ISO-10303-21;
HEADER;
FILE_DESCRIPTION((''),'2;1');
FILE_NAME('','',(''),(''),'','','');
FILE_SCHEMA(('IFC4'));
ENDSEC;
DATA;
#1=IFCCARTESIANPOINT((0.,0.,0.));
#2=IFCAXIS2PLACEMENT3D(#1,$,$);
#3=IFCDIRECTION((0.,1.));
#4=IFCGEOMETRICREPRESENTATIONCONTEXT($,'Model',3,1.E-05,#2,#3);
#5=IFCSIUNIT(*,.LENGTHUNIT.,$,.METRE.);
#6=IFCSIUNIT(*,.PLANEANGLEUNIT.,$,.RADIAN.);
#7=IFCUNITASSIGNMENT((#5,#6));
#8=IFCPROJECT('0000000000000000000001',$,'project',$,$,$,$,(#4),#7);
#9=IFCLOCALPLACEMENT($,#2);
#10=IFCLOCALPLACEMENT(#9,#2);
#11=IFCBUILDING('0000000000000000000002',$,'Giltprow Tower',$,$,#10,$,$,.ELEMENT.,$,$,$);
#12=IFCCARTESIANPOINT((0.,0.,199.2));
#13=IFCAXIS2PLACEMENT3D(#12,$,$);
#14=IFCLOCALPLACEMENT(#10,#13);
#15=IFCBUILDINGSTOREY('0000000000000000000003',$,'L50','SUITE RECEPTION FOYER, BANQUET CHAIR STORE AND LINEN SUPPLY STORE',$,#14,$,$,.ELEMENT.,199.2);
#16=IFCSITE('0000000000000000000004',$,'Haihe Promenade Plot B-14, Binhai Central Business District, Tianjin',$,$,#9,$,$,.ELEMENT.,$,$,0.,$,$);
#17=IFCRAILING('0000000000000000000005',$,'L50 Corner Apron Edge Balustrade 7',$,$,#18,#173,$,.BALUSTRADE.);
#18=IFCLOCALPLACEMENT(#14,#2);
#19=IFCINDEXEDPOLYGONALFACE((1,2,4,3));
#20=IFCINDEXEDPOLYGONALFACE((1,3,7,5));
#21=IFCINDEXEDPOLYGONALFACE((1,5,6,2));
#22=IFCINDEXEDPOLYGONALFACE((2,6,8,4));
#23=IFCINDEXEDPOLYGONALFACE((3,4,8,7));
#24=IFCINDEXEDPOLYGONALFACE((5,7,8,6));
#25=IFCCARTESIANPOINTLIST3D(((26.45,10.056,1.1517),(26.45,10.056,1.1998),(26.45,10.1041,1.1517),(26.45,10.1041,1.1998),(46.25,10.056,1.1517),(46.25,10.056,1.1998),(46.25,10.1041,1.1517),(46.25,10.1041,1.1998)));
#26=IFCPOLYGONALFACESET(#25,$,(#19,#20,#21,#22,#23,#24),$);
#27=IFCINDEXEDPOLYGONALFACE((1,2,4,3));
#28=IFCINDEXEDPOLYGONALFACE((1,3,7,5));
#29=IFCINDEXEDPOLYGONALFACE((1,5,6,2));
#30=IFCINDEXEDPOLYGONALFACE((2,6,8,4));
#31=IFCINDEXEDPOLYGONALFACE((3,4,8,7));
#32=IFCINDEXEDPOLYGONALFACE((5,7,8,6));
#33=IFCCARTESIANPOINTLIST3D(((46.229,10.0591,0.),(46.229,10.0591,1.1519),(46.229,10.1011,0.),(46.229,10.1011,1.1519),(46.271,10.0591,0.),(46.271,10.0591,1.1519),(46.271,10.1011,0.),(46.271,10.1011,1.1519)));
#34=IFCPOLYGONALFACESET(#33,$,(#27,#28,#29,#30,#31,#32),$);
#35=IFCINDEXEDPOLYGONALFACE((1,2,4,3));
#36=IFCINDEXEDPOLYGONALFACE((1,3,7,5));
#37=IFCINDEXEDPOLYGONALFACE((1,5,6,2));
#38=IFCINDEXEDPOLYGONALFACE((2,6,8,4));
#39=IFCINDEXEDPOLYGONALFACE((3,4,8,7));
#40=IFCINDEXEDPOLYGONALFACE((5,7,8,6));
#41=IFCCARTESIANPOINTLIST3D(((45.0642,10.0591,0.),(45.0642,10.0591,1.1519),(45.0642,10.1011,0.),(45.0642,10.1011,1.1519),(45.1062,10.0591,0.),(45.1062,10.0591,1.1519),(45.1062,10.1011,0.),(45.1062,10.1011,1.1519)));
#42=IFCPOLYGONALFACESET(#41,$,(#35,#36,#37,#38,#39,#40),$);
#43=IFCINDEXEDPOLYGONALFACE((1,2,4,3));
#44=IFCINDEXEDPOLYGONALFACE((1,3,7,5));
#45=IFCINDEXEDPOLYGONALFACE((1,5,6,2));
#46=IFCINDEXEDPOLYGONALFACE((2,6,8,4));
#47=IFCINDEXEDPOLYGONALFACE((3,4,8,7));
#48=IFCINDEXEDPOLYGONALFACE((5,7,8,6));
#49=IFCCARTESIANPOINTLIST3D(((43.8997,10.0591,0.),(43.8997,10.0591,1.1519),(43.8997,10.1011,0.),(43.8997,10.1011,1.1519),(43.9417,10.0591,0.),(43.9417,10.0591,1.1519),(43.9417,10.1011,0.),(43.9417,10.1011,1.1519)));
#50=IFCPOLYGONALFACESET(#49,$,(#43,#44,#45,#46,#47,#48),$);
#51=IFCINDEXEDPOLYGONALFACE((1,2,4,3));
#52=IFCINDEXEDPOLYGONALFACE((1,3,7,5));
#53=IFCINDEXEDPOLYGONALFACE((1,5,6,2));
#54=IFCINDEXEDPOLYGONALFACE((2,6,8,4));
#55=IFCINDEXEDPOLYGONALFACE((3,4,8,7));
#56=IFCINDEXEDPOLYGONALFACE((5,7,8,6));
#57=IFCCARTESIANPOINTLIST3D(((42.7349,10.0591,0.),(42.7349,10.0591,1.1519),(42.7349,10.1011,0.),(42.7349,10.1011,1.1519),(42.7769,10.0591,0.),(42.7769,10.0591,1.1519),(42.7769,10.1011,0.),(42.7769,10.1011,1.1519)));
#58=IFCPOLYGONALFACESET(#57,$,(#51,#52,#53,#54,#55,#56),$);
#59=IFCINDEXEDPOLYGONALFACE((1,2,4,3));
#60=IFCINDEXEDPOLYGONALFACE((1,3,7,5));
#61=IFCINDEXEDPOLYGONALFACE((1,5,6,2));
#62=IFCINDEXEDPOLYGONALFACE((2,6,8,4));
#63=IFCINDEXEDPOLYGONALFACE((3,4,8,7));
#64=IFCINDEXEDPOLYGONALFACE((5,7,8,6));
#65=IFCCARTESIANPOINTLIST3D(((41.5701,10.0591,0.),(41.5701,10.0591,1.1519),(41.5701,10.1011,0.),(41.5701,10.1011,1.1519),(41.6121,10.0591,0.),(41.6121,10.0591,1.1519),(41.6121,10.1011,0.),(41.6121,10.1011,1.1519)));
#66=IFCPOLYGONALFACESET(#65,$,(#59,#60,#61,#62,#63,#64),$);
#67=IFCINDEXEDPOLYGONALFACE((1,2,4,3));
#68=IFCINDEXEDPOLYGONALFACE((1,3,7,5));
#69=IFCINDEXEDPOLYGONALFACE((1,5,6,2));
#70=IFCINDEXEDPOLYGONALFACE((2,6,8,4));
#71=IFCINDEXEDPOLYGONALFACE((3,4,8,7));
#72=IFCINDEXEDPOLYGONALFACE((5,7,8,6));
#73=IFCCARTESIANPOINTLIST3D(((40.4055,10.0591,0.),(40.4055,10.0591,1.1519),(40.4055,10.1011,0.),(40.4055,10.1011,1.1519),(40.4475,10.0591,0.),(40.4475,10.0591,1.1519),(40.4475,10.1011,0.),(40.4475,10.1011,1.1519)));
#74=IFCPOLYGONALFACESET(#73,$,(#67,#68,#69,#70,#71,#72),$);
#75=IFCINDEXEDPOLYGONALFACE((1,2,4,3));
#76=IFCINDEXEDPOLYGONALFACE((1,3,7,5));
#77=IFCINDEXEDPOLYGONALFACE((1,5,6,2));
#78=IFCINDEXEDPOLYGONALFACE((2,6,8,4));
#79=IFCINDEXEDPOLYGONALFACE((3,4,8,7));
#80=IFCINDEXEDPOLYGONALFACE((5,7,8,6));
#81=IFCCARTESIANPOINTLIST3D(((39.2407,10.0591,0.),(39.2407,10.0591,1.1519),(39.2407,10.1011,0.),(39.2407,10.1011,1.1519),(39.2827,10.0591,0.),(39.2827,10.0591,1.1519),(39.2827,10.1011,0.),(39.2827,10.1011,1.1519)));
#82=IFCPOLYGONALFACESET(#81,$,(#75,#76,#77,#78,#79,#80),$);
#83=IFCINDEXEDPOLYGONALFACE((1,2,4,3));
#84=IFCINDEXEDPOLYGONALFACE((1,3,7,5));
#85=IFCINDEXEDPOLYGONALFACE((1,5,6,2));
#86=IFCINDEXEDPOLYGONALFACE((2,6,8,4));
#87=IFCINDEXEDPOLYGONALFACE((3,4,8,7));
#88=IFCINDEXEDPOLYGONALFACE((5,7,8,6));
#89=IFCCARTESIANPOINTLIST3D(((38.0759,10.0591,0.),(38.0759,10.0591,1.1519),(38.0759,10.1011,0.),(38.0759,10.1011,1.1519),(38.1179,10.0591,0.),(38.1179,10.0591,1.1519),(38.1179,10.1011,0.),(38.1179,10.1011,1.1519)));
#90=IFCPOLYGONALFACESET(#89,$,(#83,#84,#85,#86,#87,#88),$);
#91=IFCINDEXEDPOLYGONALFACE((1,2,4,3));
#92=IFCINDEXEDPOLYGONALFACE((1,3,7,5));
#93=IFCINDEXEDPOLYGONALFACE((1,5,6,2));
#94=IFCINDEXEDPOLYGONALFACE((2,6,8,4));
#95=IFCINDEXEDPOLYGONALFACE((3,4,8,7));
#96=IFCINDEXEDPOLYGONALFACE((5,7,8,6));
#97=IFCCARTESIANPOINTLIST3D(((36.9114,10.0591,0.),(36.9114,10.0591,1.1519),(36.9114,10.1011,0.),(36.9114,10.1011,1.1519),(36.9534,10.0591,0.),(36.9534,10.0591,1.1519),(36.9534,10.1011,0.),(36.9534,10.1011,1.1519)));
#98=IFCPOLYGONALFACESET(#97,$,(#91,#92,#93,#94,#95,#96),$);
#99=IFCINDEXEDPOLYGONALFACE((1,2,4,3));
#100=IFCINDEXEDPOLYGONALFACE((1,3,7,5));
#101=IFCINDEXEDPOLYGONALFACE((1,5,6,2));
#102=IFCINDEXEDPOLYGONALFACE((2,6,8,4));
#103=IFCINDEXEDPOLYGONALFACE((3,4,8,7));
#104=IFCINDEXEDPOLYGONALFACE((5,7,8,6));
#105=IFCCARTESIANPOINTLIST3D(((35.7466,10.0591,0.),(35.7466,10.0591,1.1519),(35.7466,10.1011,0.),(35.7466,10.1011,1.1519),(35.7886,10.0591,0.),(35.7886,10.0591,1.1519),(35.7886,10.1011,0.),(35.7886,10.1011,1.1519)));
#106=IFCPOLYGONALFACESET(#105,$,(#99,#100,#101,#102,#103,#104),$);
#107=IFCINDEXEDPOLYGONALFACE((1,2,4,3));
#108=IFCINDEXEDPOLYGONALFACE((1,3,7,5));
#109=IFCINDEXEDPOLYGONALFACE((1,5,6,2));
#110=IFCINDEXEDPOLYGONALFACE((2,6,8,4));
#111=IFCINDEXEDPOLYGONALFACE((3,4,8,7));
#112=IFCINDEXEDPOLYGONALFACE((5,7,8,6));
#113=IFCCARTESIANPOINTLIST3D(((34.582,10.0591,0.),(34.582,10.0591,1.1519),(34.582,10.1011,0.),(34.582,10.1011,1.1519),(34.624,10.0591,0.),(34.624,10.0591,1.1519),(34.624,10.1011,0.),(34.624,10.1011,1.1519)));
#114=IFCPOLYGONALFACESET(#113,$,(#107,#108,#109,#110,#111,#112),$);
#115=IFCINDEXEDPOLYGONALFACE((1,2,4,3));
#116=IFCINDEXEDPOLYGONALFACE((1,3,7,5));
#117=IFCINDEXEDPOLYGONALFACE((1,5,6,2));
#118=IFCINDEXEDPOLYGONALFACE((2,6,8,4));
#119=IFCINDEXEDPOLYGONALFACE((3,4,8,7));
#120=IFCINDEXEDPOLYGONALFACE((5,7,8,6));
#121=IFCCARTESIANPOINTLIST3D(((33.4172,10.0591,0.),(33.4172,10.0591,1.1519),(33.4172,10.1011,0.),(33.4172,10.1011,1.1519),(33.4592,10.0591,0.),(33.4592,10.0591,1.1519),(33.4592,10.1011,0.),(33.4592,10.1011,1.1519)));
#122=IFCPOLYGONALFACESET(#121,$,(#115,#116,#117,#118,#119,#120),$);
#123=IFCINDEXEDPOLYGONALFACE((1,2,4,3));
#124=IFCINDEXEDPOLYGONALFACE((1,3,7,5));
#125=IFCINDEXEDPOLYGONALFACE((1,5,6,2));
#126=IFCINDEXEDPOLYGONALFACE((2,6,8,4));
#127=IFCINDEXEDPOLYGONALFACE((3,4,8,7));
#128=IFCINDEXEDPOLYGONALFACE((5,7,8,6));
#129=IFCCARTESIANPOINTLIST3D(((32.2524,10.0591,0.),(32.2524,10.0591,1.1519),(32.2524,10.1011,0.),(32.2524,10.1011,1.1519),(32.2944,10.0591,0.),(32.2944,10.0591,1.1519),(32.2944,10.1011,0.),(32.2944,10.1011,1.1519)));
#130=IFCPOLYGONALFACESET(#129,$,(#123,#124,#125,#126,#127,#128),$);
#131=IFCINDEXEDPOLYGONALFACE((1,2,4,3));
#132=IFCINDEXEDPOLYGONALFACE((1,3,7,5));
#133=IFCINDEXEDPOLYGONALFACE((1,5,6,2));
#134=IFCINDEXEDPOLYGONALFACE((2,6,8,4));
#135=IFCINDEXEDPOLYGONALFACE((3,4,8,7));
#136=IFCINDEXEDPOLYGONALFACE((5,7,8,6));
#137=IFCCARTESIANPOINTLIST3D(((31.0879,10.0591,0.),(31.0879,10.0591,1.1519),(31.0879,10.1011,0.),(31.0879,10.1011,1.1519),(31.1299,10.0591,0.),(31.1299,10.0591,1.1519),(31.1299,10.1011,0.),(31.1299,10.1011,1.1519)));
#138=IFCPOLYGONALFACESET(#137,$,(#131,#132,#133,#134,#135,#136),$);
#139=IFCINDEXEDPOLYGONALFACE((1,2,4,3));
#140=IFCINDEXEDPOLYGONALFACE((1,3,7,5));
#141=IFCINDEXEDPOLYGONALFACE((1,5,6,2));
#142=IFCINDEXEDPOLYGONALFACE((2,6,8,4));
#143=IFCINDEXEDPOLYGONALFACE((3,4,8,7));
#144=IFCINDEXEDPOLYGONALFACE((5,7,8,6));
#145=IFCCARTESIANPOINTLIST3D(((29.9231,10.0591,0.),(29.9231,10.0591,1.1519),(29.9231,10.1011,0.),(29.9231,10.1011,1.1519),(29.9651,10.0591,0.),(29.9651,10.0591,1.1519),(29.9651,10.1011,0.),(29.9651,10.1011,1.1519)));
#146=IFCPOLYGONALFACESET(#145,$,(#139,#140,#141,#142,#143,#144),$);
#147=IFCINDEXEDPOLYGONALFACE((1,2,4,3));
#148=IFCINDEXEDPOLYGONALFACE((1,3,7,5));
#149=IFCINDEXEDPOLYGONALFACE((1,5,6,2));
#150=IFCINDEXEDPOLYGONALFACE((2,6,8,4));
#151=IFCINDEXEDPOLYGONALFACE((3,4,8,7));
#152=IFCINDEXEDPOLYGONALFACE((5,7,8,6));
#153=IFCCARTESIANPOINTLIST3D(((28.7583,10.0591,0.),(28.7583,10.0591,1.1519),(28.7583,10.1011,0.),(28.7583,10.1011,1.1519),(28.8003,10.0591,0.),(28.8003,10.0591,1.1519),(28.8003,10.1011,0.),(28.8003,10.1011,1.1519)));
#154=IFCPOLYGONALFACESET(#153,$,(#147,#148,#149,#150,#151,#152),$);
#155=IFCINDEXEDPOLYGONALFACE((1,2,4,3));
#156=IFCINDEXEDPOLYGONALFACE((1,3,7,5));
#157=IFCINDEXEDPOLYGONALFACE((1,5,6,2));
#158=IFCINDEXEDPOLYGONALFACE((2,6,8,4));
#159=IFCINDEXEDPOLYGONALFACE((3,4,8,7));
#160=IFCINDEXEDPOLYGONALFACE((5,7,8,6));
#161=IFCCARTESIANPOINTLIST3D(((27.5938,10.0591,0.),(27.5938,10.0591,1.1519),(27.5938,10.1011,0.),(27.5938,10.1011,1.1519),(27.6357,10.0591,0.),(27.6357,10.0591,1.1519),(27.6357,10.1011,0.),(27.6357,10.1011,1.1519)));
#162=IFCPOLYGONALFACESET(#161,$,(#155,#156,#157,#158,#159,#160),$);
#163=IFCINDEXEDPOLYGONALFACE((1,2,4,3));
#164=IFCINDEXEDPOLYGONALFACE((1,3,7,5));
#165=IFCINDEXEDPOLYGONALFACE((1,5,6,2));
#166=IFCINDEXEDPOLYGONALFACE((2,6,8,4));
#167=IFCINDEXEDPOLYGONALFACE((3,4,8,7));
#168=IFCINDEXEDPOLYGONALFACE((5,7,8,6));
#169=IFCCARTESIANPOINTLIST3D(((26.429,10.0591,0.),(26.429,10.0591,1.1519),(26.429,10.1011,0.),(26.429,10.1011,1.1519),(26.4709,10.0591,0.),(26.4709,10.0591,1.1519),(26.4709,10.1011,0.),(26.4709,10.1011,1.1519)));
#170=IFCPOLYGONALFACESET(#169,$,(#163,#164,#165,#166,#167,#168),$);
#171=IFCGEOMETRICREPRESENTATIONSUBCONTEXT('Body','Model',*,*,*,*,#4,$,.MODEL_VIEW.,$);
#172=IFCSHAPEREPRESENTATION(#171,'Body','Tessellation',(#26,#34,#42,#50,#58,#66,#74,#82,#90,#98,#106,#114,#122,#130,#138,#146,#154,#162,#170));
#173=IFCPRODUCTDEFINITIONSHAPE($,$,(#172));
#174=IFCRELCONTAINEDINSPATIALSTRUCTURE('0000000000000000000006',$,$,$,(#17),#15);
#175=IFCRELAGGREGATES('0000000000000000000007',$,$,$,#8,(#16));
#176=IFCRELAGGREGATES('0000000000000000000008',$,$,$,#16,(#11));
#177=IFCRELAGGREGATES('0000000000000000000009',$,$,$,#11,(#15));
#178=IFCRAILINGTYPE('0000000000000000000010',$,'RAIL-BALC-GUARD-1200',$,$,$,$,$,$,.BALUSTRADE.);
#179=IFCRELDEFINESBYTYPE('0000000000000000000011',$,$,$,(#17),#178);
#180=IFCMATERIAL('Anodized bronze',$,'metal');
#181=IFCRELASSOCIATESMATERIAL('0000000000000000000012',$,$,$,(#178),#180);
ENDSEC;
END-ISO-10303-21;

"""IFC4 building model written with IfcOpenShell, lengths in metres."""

from ifc_helpers import new_model, si_unit, direction, frame, origin, origin_2d, place, context, subcontext, project, spatial, rectangle, extrude, material, type_object, element, save


model = new_model("IFC4")

# Units and contexts
model_context = context("Model", 3, precision=1e-05, world=origin(), true_north=direction((0.0, 1.0)))
body_context = subcontext(model_context, "Body", "Model", "MODEL_VIEW")
ifc_project = project(units=[si_unit("LENGTHUNIT", "METRE"), si_unit("PLANEANGLEUNIT", "RADIAN")], contexts=[model_context])

# Site, building, storey
site_placement = place(None, origin())
site = spatial("IfcSite", under=ifc_project, at=site_placement, Name="Haihe Promenade Plot B-14, Binhai Central Business District, Tianjin", CompositionType="ELEMENT", RefElevation=0.0)
building_placement = place(site_placement, origin())
building = spatial("IfcBuilding", under=site, at=building_placement, Name="Giltprow Tower", CompositionType="ELEMENT")
storey_placement = place(building_placement, frame((0.0, 0.0, 199.2)))
storey = spatial("IfcBuildingStorey", under=building, at=storey_placement, Name="L50", Description="SUITE RECEPTION FOYER, BANQUET CHAIR STORE AND LINEN SUPPLY STORE", CompositionType="ELEMENT", Elevation=199.2)

# Shared definitions
ifc_material_1 = material(Name="Anodized bronze", Category="metal")

# Railing
railing_type = type_object("IfcRailingType", Name="RAIL-BALC-GUARD-1200", PredefinedType="BALUSTRADE", material=ifc_material_1)
railing_1_placement = place(storey_placement, frame((46.25, 10.0801, 0.0)))
element("IfcRailing", 1, at=railing_1_placement, inside=storey, type_object=railing_type, Name="L50 Corner Apron Edge Balustrade 7", PredefinedType="BALUSTRADE", context=body_context, shape_type="SweptSolid", body=[
    extrude(rectangle(XDim=0.0481, YDim=0.0481, at=origin_2d()), frame((0.0, 0.0, 1.1758), z_axis=(-1.0, 0.0, 0.0), x_axis=(0.0, -1.0, 0.0)), (0.0, 0.0, 1.0), 19.8),
    extrude(rectangle(XDim=0.042, YDim=0.042, at=origin_2d()), origin(), (0.0, 0.0, 1.0), 1.1519),
    extrude(rectangle(XDim=0.042, YDim=0.042, at=origin_2d()), frame((-1.1648, 0.0, 0.0)), (0.0, 0.0, 1.0), 1.1519),
    extrude(rectangle(XDim=0.042, YDim=0.042, at=origin_2d()), frame((-2.3293, 0.0, 0.0)), (0.0, 0.0, 1.0), 1.1519),
    extrude(rectangle(XDim=0.042, YDim=0.042, at=origin_2d()), frame((-3.4941, 0.0, 0.0)), (0.0, 0.0, 1.0), 1.1519),
    extrude(rectangle(XDim=0.042, YDim=0.042, at=origin_2d()), frame((-4.6589, 0.0, 0.0)), (0.0, 0.0, 1.0), 1.1519),
    extrude(rectangle(XDim=0.042, YDim=0.042, at=origin_2d()), frame((-5.8235, 0.0, 0.0)), (0.0, 0.0, 1.0), 1.1519),
    extrude(rectangle(XDim=0.042, YDim=0.042, at=origin_2d()), frame((-6.9883, 0.0, 0.0)), (0.0, 0.0, 1.0), 1.1519),
    extrude(rectangle(XDim=0.042, YDim=0.042, at=origin_2d()), frame((-8.1531, 0.0, 0.0)), (0.0, 0.0, 1.0), 1.1519),
    extrude(rectangle(XDim=0.042, YDim=0.042, at=origin_2d()), frame((-9.3176, 0.0, 0.0)), (0.0, 0.0, 1.0), 1.1519),
    extrude(rectangle(XDim=0.042, YDim=0.042, at=origin_2d()), frame((-10.4824, 0.0, 0.0)), (0.0, 0.0, 1.0), 1.1519),
    extrude(rectangle(XDim=0.042, YDim=0.042, at=origin_2d()), frame((-11.647, 0.0, 0.0)), (0.0, 0.0, 1.0), 1.1519),
    extrude(rectangle(XDim=0.042, YDim=0.042, at=origin_2d()), frame((-12.8118, 0.0, 0.0)), (0.0, 0.0, 1.0), 1.1519),
    extrude(rectangle(XDim=0.042, YDim=0.042, at=origin_2d()), frame((-13.9766, 0.0, 0.0)), (0.0, 0.0, 1.0), 1.1519),
    extrude(rectangle(XDim=0.042, YDim=0.042, at=origin_2d()), frame((-15.1411, 0.0, 0.0)), (0.0, 0.0, 1.0), 1.1519),
    extrude(rectangle(XDim=0.042, YDim=0.042, at=origin_2d()), frame((-16.3059, 0.0, 0.0)), (0.0, 0.0, 1.0), 1.1519),
    extrude(rectangle(XDim=0.042, YDim=0.042, at=origin_2d()), frame((-17.4707, 0.0, 0.0)), (0.0, 0.0, 1.0), 1.1519),
    extrude(rectangle(XDim=0.042, YDim=0.042, at=origin_2d()), frame((-18.6353, 0.0, 0.0)), (0.0, 0.0, 1.0), 1.1519),
    extrude(rectangle(XDim=0.042, YDim=0.042, at=origin_2d()), frame((-19.8, 0.0, 0.0)), (0.0, 0.0, 1.0), 1.1519),
])

save(model, "model.ifc")
